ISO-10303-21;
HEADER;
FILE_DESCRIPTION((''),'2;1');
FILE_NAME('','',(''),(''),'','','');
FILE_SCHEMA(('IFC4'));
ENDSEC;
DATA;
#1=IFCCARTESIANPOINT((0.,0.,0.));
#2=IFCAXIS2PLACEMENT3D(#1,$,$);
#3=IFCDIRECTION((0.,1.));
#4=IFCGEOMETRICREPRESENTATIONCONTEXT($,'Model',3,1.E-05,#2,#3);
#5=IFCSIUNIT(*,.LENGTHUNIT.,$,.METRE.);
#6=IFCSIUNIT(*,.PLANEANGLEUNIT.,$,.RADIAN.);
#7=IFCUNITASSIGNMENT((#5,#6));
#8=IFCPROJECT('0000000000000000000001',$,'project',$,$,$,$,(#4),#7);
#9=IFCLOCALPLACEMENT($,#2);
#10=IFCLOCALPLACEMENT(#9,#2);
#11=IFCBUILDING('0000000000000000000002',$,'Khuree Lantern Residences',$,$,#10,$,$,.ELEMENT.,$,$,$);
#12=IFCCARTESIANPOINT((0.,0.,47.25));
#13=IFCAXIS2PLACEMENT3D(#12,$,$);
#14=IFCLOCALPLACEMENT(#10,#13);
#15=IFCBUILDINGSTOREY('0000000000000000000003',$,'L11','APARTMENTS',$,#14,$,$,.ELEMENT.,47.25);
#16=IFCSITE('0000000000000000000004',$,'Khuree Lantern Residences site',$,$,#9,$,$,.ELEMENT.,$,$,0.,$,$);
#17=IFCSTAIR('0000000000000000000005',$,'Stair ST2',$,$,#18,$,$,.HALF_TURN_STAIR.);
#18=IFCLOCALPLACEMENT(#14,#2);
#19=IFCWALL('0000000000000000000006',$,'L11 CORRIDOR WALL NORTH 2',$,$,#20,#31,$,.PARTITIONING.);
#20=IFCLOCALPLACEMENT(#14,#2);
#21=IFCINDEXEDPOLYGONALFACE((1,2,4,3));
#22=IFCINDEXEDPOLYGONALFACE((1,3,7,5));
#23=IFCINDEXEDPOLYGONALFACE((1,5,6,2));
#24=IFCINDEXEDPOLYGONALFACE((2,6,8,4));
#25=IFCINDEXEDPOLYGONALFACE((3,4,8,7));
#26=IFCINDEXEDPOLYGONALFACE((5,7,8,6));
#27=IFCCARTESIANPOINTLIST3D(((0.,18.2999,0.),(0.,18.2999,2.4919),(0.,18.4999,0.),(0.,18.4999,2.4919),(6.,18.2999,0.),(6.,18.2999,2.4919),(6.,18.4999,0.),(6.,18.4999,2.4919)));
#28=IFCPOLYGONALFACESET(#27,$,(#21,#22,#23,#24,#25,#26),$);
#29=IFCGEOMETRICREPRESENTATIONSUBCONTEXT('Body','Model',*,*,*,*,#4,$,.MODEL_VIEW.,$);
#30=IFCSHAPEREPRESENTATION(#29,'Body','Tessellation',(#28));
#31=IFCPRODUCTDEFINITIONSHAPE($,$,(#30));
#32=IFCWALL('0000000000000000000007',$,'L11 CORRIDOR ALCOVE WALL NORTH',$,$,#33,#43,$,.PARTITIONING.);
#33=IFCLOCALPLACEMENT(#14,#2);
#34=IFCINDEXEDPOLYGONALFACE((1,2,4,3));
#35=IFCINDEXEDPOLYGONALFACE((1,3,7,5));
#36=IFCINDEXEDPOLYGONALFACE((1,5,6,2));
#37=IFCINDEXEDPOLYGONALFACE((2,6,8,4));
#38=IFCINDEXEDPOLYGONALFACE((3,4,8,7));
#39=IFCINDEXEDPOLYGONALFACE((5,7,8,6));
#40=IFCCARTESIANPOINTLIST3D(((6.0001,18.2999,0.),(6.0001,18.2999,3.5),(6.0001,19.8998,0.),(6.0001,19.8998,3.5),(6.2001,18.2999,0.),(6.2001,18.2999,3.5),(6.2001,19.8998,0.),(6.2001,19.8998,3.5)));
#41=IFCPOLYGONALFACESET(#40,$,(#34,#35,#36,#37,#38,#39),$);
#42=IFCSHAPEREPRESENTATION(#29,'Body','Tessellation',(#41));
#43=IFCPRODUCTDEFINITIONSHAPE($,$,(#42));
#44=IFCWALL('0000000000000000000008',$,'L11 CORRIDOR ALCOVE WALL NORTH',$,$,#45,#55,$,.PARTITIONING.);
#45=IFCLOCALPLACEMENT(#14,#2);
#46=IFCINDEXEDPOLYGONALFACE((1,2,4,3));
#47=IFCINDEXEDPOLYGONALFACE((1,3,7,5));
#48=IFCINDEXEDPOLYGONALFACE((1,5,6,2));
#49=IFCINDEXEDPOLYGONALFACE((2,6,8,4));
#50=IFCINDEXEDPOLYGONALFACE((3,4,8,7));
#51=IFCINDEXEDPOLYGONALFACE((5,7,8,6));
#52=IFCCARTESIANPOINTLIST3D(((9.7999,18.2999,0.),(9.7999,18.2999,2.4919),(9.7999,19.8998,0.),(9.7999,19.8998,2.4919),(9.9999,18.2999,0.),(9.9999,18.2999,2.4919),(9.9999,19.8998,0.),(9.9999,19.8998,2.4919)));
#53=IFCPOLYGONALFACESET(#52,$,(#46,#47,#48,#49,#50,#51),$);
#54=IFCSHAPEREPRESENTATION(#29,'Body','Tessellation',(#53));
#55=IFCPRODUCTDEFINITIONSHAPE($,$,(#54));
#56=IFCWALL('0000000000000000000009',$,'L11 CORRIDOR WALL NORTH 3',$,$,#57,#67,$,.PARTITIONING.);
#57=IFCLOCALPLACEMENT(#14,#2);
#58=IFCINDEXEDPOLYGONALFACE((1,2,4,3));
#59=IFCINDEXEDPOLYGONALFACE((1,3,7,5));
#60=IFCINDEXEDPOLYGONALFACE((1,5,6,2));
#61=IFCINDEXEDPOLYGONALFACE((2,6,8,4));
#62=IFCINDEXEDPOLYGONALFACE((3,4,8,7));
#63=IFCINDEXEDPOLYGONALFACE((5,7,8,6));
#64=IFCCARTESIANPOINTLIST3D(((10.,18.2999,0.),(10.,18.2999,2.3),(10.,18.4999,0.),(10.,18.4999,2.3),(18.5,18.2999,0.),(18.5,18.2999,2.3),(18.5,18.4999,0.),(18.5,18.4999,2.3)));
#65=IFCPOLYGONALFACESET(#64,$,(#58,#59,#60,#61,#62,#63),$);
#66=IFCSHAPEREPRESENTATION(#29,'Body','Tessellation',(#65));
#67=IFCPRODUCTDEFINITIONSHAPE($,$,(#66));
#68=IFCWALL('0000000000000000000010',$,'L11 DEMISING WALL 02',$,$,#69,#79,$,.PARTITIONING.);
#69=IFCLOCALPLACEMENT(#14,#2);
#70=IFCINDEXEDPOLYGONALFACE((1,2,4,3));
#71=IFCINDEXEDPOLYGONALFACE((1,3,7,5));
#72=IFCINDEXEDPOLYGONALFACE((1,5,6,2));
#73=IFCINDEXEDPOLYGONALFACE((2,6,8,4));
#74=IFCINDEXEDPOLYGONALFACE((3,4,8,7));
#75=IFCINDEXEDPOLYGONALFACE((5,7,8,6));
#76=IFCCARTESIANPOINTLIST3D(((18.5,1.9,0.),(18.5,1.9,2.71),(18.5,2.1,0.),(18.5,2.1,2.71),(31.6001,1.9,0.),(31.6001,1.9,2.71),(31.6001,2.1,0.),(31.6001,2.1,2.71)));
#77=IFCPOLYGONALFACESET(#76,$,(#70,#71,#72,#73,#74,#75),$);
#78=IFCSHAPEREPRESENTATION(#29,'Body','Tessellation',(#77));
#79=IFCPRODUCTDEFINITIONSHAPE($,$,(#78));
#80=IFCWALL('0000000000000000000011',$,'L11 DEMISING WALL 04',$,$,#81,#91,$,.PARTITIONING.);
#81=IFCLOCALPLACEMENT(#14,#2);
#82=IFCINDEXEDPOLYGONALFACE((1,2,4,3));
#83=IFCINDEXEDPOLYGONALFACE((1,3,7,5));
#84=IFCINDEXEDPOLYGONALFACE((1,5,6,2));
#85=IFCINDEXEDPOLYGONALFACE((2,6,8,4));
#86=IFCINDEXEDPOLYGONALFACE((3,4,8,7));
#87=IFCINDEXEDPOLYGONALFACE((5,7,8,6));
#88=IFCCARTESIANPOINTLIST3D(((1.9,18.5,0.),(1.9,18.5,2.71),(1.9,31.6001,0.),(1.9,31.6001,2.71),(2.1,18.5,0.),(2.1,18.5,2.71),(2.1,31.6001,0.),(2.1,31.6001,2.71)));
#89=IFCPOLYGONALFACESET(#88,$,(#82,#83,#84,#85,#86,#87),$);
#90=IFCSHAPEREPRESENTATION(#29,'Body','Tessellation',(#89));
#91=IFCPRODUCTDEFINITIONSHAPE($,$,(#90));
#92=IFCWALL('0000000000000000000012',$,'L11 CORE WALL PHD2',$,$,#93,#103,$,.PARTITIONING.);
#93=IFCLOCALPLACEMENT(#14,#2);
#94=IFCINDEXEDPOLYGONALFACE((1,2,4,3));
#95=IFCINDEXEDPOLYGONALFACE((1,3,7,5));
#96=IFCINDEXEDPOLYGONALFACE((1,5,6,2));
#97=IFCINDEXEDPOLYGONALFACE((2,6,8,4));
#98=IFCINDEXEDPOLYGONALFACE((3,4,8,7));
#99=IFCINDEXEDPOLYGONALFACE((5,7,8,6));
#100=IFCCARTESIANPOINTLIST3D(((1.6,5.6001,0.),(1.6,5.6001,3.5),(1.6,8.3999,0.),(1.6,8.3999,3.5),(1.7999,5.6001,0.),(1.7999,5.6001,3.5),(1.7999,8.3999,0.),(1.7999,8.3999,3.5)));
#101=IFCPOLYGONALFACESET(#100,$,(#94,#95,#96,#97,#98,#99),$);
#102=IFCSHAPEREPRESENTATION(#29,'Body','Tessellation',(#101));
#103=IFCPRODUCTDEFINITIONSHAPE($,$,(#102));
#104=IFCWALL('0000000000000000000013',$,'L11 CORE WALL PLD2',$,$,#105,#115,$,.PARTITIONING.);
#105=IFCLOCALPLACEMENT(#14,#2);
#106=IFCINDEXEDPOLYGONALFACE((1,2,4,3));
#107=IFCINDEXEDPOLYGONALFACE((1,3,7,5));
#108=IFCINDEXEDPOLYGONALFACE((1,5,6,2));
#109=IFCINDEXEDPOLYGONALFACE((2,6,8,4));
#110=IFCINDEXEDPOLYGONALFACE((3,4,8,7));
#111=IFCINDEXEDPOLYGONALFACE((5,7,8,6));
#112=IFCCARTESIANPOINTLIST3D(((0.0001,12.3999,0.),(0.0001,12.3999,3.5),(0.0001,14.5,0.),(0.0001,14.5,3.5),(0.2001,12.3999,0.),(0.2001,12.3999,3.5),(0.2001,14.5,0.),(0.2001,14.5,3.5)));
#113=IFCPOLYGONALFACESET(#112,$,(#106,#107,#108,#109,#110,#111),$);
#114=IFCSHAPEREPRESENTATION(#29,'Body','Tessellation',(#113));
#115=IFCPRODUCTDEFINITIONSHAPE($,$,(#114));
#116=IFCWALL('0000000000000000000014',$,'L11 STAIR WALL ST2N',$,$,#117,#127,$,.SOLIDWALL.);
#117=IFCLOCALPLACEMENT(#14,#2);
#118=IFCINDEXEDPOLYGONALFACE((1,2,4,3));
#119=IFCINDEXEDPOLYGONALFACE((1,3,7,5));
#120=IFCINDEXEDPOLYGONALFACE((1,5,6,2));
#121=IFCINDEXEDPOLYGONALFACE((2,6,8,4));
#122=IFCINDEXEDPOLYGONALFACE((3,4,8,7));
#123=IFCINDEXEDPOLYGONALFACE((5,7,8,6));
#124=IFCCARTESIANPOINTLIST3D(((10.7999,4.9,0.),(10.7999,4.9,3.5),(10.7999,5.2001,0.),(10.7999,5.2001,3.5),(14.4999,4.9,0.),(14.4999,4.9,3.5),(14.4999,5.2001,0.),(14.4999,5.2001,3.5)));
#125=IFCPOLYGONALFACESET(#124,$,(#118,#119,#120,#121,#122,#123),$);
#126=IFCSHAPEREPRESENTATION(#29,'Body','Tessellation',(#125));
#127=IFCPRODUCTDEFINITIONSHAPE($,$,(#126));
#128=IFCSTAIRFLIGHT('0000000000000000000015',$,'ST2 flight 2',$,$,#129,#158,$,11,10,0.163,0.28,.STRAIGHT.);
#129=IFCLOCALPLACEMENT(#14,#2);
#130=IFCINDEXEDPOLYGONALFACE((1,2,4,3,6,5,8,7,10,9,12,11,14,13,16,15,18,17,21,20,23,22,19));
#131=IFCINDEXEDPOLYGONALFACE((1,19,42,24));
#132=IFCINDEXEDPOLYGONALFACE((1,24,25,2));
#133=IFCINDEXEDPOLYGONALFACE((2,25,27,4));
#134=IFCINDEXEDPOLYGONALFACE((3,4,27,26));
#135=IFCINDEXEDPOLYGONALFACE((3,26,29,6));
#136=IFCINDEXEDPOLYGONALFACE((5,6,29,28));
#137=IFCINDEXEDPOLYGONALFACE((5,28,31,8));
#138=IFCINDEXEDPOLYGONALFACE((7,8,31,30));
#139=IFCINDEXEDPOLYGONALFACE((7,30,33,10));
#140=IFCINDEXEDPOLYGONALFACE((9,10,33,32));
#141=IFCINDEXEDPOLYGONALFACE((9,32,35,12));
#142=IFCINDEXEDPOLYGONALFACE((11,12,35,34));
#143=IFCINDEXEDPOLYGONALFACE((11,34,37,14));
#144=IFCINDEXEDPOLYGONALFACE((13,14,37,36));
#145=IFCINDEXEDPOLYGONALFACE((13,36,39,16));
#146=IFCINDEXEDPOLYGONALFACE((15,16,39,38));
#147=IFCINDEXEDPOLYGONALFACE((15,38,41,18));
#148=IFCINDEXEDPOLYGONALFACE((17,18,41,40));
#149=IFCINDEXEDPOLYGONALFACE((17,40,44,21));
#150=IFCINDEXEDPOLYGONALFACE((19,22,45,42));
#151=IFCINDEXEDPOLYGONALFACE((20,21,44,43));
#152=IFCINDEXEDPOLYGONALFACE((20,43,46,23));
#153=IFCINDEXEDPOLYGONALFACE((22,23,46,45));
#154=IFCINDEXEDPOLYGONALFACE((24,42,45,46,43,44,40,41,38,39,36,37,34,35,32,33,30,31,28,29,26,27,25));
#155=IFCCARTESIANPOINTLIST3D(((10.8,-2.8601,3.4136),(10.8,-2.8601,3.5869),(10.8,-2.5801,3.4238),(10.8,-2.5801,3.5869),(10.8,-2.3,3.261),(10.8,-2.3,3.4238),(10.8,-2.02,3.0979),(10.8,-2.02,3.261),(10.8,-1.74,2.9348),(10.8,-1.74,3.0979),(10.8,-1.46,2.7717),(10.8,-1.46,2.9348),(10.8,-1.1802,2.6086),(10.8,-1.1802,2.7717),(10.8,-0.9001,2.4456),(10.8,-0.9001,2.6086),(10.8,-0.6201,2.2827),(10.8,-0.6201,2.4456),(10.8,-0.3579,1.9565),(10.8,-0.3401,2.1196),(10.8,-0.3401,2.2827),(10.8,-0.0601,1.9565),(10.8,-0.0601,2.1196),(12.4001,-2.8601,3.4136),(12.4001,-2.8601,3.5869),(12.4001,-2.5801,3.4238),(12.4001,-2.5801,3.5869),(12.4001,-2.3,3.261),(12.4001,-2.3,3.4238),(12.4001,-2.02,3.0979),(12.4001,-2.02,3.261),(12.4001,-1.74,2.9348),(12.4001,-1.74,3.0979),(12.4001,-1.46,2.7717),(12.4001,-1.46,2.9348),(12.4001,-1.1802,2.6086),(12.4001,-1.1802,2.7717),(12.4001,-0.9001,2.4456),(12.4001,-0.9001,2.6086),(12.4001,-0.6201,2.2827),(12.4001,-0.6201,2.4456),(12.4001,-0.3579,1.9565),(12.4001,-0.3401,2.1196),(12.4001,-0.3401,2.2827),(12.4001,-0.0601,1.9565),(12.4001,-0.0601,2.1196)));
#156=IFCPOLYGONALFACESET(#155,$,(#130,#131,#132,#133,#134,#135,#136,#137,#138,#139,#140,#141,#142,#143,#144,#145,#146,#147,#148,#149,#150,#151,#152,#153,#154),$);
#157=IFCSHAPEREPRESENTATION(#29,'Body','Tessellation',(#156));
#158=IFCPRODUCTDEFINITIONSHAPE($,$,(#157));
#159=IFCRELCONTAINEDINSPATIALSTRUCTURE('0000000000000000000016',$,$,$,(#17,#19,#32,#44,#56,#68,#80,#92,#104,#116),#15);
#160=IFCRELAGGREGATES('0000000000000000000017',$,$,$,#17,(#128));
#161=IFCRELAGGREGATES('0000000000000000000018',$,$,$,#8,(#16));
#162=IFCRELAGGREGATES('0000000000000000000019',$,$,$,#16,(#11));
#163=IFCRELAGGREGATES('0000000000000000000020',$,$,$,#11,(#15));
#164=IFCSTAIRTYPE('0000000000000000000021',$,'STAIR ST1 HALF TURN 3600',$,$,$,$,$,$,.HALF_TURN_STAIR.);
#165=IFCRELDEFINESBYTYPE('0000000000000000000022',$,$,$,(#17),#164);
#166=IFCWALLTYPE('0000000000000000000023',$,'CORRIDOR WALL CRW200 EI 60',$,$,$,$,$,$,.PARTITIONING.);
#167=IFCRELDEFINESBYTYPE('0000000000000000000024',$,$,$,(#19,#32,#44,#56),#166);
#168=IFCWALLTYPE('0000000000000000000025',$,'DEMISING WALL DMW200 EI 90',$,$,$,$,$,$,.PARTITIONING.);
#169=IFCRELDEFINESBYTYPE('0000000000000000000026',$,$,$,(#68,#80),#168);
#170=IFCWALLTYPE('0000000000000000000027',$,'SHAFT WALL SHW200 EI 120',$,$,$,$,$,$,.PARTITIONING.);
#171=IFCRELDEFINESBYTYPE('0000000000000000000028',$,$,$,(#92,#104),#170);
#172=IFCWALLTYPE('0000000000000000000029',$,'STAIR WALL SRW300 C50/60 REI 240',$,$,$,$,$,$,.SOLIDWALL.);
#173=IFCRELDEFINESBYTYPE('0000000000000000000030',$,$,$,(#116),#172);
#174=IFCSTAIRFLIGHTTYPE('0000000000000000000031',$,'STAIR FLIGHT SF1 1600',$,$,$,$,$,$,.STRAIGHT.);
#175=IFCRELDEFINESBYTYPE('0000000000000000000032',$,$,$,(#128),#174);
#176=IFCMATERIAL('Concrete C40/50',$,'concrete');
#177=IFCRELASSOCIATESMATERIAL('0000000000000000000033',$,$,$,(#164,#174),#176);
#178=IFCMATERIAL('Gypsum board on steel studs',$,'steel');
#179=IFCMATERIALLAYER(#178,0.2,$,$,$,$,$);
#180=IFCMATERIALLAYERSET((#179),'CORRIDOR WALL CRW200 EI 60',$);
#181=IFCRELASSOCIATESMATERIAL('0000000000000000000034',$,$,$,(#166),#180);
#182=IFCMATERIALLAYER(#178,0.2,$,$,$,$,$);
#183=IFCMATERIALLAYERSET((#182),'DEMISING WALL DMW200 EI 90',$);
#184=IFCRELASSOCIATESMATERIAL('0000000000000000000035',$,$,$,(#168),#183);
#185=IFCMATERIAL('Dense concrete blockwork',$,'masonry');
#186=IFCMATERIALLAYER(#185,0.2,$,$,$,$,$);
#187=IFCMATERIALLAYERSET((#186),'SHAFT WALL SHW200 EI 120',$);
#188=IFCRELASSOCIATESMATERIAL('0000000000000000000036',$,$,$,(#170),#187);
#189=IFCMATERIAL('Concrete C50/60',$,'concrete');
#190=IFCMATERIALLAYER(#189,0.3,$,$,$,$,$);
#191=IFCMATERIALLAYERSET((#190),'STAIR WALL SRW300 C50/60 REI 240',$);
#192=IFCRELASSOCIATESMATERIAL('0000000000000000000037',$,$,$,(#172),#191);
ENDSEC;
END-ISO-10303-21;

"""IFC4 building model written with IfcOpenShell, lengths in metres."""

from ifc_helpers import new_model, si_unit, direction, frame, frame_2d, origin, place, context, subcontext, project, spatial, polyline, rectangle, outline, extrude, material, layer, layer_set, type_object, element, aggregate, save


model = new_model("IFC4")

# Units and contexts
model_context = context("Model", 3, precision=1e-05, world=origin(), true_north=direction((0.0, 1.0)))
body_context = subcontext(model_context, "Body", "Model", "MODEL_VIEW")
ifc_project = project(units=[si_unit("LENGTHUNIT", "METRE"), si_unit("PLANEANGLEUNIT", "RADIAN")], contexts=[model_context])

# Site, building, storey
site_placement = place(None, origin())
site = spatial("IfcSite", under=ifc_project, at=site_placement, Name="Khuree Lantern Residences site", CompositionType="ELEMENT", RefElevation=0.0)
building_placement = place(site_placement, origin())
building = spatial("IfcBuilding", under=site, at=building_placement, Name="Khuree Lantern Residences", CompositionType="ELEMENT")
storey_placement = place(building_placement, frame((0.0, 0.0, 47.25)))
storey = spatial("IfcBuildingStorey", under=building, at=storey_placement, Name="L11", Description="APARTMENTS", CompositionType="ELEMENT", Elevation=47.25)

# Stair
ifc_material_1 = material(Name="Concrete C40/50", Category="concrete")
stair_type = type_object("IfcStairType", Name="STAIR ST1 HALF TURN 3600", PredefinedType="HALF_TURN_STAIR", material=ifc_material_1)
stair_1_placement = place(storey_placement, origin())
stair_1 = element("IfcStair", 1, at=stair_1_placement, inside=storey, type_object=stair_type, Name="Stair ST2", PredefinedType="HALF_TURN_STAIR")

# Shared definitions
ifc_material_2 = material(Name="Dense concrete blockwork", Category="masonry")

# Walls
ifc_material_3 = material(Name="Gypsum board on steel studs", Category="steel")
ifc_layer_1 = layer(ifc_material_3, 0.2)
ifc_layer_set_1 = layer_set([ifc_layer_1], Name="CORRIDOR WALL CRW200 EI 60")
wall_type_1 = type_object("IfcWallType", Name="CORRIDOR WALL CRW200 EI 60", PredefinedType="PARTITIONING", material=ifc_layer_set_1)
wall_1_placement = place(storey_placement, frame((0.0, 18.3999, 0.0), z_axis=(0.0, 0.0, 1.0), x_axis=(1.0, 0.0, 0.0)))
element("IfcWall", 2, at=wall_1_placement, inside=storey, type_object=wall_type_1, Name="L11 CORRIDOR WALL NORTH 2", PredefinedType="PARTITIONING", context=body_context, shape_type="SweptSolid", body=[
    extrude(rectangle(XDim=6.0, YDim=0.2, at=frame_2d((3.0, 0.0))), origin(), (0.0, 0.0, 1.0), 2.4919),
])
wall_2_placement = place(storey_placement, frame((6.1001, 18.3, 0.0), z_axis=(0.0, 0.0, 1.0), x_axis=(0.0, 1.0, 0.0)))
element("IfcWall", 3, at=wall_2_placement, inside=storey, type_object=wall_type_1, Name="L11 CORRIDOR ALCOVE WALL NORTH", PredefinedType="PARTITIONING", context=body_context, shape_type="SweptSolid", body=[
    extrude(rectangle(XDim=1.5999, YDim=0.2, at=frame_2d((0.7998, 0.0))), origin(), (0.0, 0.0, 1.0), 3.5),
])
wall_3_placement = place(storey_placement, frame((9.8999, 18.3, 0.0), z_axis=(0.0, 0.0, 1.0), x_axis=(0.0, 1.0, 0.0)))
element("IfcWall", 4, at=wall_3_placement, inside=storey, type_object=wall_type_1, Name="L11 CORRIDOR ALCOVE WALL NORTH", PredefinedType="PARTITIONING", context=body_context, shape_type="SweptSolid", body=[
    extrude(rectangle(XDim=1.5999, YDim=0.2, at=frame_2d((0.7998, 0.0))), origin(), (0.0, 0.0, 1.0), 2.4919),
])
wall_4_placement = place(storey_placement, frame((10.0, 18.3999, 0.0), z_axis=(0.0, 0.0, 1.0), x_axis=(1.0, 0.0, 0.0)))
element("IfcWall", 5, at=wall_4_placement, inside=storey, type_object=wall_type_1, Name="L11 CORRIDOR WALL NORTH 3", PredefinedType="PARTITIONING", context=body_context, shape_type="SweptSolid", body=[
    extrude(rectangle(XDim=8.5, YDim=0.2, at=frame_2d((4.25, 0.0))), origin(), (0.0, 0.0, 1.0), 2.3),
])
ifc_layer_2 = layer(ifc_material_3, 0.2)
ifc_layer_set_2 = layer_set([ifc_layer_2], Name="DEMISING WALL DMW200 EI 90")
wall_type_2 = type_object("IfcWallType", Name="DEMISING WALL DMW200 EI 90", PredefinedType="PARTITIONING", material=ifc_layer_set_2)
for number, where, z_axis, x_axis, name in (
    (6, (18.5, 2.0, 0.0), (0.0, 0.0, 1.0), (1.0, 0.0, 0.0), "L11 DEMISING WALL 02"),
    (7, (2.0, 18.5, 0.0), (0.0, 0.0, 1.0), (0.0, 1.0, 0.0), "L11 DEMISING WALL 04"),
):
    element("IfcWall", number, at=place(storey_placement, frame(where, z_axis=z_axis, x_axis=x_axis)), inside=storey, type_object=wall_type_2, Name=name, PredefinedType="PARTITIONING", context=body_context, shape_type="SweptSolid", body=[
        extrude(rectangle(XDim=13.1001, YDim=0.2, at=frame_2d((6.55, 0.0))), origin(), (0.0, 0.0, 1.0), 2.71),
    ])
ifc_layer_3 = layer(ifc_material_2, 0.2)
ifc_layer_set_3 = layer_set([ifc_layer_3], Name="SHAFT WALL SHW200 EI 120")
wall_type_3 = type_object("IfcWallType", Name="SHAFT WALL SHW200 EI 120", PredefinedType="PARTITIONING", material=ifc_layer_set_3)
wall_5_placement = place(storey_placement, frame((1.7, 5.6001, 0.0), z_axis=(0.0, 0.0, 1.0), x_axis=(0.0, 1.0, 0.0)))
element("IfcWall", 8, at=wall_5_placement, inside=storey, type_object=wall_type_3, Name="L11 CORE WALL PHD2", PredefinedType="PARTITIONING", context=body_context, shape_type="SweptSolid", body=[
    extrude(rectangle(XDim=2.7998, YDim=0.2, at=frame_2d((1.3999, 0.0))), origin(), (0.0, 0.0, 1.0), 3.5),
])
wall_6_placement = place(storey_placement, frame((0.1001, 12.3999, 0.0), z_axis=(0.0, 0.0, 1.0), x_axis=(0.0, 1.0, 0.0)))
element("IfcWall", 9, at=wall_6_placement, inside=storey, type_object=wall_type_3, Name="L11 CORE WALL PLD2", PredefinedType="PARTITIONING", context=body_context, shape_type="SweptSolid", body=[
    extrude(rectangle(XDim=2.1001, YDim=0.2, at=frame_2d((1.05, 0.0))), origin(), (0.0, 0.0, 1.0), 3.5),
])
ifc_material_4 = material(Name="Concrete C50/60", Category="concrete")
ifc_layer_4 = layer(ifc_material_4, 0.3)
ifc_layer_set_4 = layer_set([ifc_layer_4], Name="STAIR WALL SRW300 C50/60 REI 240")
wall_type_4 = type_object("IfcWallType", Name="STAIR WALL SRW300 C50/60 REI 240", PredefinedType="SOLIDWALL", material=ifc_layer_set_4)
wall_7_placement = place(storey_placement, frame((14.5, 5.05, 0.0), z_axis=(0.0, 0.0, 1.0), x_axis=(-1.0, 0.0, 0.0)))
element("IfcWall", 10, at=wall_7_placement, inside=storey, type_object=wall_type_4, Name="L11 STAIR WALL ST2N", PredefinedType="SOLIDWALL", context=body_context, shape_type="SweptSolid", body=[
    extrude(rectangle(XDim=3.7, YDim=0.3, at=frame_2d((1.8501, 0.0))), origin(), (0.0, 0.0, 1.0), 3.5),
])

# Stair flight
stair_flight_type = type_object("IfcStairFlightType", Name="STAIR FLIGHT SF1 1600", PredefinedType="STRAIGHT", material=ifc_material_1)
stair_flight_placement = place(storey_placement, frame((11.6001, -0.0601, 1.9565), z_axis=(0.0, 0.0, 1.0), x_axis=(0.0, -1.0, 0.0)))
stair_flight = element("IfcStairFlight", 11, at=stair_flight_placement, type_object=stair_flight_type, Name="ST2 flight 2", NumberOfRisers=11, NumberOfTreads=10, PredefinedType="STRAIGHT", RiserHeight=0.163, TreadLength=0.28, context=body_context, shape_type="SweptSolid", body=[
    extrude(outline(polyline([(0.0, 0.0), (0.0, 0.1631), (0.28, 0.1631), (0.28, 0.3262), (0.5601, 0.3262), (0.5601, 0.489), (0.8401, 0.489), (0.8401, 0.6521), (1.1201, 0.6521), (1.1201, 0.8152), (1.3999, 0.8152), (1.3999, 0.9783), (1.6799, 0.9783), (1.6799, 1.1414), (1.96, 1.1414), (1.96, 1.3044), (2.24, 1.3044), (2.24, 1.4673), (2.52, 1.4673), (2.52, 1.6304), (2.8, 1.6304), (2.8, 1.7935), (2.8, 1.457), (0.2979, 0.0), (0.0, 0.0)])), frame((0.0, 0.8, 0.0), z_axis=(0.0, -1.0, 0.0), x_axis=(1.0, 0.0, 0.0)), (0.0, 0.0, 1.0), 1.6001),
])
aggregate(stair_1, [stair_flight])

save(model, "model.ifc")
